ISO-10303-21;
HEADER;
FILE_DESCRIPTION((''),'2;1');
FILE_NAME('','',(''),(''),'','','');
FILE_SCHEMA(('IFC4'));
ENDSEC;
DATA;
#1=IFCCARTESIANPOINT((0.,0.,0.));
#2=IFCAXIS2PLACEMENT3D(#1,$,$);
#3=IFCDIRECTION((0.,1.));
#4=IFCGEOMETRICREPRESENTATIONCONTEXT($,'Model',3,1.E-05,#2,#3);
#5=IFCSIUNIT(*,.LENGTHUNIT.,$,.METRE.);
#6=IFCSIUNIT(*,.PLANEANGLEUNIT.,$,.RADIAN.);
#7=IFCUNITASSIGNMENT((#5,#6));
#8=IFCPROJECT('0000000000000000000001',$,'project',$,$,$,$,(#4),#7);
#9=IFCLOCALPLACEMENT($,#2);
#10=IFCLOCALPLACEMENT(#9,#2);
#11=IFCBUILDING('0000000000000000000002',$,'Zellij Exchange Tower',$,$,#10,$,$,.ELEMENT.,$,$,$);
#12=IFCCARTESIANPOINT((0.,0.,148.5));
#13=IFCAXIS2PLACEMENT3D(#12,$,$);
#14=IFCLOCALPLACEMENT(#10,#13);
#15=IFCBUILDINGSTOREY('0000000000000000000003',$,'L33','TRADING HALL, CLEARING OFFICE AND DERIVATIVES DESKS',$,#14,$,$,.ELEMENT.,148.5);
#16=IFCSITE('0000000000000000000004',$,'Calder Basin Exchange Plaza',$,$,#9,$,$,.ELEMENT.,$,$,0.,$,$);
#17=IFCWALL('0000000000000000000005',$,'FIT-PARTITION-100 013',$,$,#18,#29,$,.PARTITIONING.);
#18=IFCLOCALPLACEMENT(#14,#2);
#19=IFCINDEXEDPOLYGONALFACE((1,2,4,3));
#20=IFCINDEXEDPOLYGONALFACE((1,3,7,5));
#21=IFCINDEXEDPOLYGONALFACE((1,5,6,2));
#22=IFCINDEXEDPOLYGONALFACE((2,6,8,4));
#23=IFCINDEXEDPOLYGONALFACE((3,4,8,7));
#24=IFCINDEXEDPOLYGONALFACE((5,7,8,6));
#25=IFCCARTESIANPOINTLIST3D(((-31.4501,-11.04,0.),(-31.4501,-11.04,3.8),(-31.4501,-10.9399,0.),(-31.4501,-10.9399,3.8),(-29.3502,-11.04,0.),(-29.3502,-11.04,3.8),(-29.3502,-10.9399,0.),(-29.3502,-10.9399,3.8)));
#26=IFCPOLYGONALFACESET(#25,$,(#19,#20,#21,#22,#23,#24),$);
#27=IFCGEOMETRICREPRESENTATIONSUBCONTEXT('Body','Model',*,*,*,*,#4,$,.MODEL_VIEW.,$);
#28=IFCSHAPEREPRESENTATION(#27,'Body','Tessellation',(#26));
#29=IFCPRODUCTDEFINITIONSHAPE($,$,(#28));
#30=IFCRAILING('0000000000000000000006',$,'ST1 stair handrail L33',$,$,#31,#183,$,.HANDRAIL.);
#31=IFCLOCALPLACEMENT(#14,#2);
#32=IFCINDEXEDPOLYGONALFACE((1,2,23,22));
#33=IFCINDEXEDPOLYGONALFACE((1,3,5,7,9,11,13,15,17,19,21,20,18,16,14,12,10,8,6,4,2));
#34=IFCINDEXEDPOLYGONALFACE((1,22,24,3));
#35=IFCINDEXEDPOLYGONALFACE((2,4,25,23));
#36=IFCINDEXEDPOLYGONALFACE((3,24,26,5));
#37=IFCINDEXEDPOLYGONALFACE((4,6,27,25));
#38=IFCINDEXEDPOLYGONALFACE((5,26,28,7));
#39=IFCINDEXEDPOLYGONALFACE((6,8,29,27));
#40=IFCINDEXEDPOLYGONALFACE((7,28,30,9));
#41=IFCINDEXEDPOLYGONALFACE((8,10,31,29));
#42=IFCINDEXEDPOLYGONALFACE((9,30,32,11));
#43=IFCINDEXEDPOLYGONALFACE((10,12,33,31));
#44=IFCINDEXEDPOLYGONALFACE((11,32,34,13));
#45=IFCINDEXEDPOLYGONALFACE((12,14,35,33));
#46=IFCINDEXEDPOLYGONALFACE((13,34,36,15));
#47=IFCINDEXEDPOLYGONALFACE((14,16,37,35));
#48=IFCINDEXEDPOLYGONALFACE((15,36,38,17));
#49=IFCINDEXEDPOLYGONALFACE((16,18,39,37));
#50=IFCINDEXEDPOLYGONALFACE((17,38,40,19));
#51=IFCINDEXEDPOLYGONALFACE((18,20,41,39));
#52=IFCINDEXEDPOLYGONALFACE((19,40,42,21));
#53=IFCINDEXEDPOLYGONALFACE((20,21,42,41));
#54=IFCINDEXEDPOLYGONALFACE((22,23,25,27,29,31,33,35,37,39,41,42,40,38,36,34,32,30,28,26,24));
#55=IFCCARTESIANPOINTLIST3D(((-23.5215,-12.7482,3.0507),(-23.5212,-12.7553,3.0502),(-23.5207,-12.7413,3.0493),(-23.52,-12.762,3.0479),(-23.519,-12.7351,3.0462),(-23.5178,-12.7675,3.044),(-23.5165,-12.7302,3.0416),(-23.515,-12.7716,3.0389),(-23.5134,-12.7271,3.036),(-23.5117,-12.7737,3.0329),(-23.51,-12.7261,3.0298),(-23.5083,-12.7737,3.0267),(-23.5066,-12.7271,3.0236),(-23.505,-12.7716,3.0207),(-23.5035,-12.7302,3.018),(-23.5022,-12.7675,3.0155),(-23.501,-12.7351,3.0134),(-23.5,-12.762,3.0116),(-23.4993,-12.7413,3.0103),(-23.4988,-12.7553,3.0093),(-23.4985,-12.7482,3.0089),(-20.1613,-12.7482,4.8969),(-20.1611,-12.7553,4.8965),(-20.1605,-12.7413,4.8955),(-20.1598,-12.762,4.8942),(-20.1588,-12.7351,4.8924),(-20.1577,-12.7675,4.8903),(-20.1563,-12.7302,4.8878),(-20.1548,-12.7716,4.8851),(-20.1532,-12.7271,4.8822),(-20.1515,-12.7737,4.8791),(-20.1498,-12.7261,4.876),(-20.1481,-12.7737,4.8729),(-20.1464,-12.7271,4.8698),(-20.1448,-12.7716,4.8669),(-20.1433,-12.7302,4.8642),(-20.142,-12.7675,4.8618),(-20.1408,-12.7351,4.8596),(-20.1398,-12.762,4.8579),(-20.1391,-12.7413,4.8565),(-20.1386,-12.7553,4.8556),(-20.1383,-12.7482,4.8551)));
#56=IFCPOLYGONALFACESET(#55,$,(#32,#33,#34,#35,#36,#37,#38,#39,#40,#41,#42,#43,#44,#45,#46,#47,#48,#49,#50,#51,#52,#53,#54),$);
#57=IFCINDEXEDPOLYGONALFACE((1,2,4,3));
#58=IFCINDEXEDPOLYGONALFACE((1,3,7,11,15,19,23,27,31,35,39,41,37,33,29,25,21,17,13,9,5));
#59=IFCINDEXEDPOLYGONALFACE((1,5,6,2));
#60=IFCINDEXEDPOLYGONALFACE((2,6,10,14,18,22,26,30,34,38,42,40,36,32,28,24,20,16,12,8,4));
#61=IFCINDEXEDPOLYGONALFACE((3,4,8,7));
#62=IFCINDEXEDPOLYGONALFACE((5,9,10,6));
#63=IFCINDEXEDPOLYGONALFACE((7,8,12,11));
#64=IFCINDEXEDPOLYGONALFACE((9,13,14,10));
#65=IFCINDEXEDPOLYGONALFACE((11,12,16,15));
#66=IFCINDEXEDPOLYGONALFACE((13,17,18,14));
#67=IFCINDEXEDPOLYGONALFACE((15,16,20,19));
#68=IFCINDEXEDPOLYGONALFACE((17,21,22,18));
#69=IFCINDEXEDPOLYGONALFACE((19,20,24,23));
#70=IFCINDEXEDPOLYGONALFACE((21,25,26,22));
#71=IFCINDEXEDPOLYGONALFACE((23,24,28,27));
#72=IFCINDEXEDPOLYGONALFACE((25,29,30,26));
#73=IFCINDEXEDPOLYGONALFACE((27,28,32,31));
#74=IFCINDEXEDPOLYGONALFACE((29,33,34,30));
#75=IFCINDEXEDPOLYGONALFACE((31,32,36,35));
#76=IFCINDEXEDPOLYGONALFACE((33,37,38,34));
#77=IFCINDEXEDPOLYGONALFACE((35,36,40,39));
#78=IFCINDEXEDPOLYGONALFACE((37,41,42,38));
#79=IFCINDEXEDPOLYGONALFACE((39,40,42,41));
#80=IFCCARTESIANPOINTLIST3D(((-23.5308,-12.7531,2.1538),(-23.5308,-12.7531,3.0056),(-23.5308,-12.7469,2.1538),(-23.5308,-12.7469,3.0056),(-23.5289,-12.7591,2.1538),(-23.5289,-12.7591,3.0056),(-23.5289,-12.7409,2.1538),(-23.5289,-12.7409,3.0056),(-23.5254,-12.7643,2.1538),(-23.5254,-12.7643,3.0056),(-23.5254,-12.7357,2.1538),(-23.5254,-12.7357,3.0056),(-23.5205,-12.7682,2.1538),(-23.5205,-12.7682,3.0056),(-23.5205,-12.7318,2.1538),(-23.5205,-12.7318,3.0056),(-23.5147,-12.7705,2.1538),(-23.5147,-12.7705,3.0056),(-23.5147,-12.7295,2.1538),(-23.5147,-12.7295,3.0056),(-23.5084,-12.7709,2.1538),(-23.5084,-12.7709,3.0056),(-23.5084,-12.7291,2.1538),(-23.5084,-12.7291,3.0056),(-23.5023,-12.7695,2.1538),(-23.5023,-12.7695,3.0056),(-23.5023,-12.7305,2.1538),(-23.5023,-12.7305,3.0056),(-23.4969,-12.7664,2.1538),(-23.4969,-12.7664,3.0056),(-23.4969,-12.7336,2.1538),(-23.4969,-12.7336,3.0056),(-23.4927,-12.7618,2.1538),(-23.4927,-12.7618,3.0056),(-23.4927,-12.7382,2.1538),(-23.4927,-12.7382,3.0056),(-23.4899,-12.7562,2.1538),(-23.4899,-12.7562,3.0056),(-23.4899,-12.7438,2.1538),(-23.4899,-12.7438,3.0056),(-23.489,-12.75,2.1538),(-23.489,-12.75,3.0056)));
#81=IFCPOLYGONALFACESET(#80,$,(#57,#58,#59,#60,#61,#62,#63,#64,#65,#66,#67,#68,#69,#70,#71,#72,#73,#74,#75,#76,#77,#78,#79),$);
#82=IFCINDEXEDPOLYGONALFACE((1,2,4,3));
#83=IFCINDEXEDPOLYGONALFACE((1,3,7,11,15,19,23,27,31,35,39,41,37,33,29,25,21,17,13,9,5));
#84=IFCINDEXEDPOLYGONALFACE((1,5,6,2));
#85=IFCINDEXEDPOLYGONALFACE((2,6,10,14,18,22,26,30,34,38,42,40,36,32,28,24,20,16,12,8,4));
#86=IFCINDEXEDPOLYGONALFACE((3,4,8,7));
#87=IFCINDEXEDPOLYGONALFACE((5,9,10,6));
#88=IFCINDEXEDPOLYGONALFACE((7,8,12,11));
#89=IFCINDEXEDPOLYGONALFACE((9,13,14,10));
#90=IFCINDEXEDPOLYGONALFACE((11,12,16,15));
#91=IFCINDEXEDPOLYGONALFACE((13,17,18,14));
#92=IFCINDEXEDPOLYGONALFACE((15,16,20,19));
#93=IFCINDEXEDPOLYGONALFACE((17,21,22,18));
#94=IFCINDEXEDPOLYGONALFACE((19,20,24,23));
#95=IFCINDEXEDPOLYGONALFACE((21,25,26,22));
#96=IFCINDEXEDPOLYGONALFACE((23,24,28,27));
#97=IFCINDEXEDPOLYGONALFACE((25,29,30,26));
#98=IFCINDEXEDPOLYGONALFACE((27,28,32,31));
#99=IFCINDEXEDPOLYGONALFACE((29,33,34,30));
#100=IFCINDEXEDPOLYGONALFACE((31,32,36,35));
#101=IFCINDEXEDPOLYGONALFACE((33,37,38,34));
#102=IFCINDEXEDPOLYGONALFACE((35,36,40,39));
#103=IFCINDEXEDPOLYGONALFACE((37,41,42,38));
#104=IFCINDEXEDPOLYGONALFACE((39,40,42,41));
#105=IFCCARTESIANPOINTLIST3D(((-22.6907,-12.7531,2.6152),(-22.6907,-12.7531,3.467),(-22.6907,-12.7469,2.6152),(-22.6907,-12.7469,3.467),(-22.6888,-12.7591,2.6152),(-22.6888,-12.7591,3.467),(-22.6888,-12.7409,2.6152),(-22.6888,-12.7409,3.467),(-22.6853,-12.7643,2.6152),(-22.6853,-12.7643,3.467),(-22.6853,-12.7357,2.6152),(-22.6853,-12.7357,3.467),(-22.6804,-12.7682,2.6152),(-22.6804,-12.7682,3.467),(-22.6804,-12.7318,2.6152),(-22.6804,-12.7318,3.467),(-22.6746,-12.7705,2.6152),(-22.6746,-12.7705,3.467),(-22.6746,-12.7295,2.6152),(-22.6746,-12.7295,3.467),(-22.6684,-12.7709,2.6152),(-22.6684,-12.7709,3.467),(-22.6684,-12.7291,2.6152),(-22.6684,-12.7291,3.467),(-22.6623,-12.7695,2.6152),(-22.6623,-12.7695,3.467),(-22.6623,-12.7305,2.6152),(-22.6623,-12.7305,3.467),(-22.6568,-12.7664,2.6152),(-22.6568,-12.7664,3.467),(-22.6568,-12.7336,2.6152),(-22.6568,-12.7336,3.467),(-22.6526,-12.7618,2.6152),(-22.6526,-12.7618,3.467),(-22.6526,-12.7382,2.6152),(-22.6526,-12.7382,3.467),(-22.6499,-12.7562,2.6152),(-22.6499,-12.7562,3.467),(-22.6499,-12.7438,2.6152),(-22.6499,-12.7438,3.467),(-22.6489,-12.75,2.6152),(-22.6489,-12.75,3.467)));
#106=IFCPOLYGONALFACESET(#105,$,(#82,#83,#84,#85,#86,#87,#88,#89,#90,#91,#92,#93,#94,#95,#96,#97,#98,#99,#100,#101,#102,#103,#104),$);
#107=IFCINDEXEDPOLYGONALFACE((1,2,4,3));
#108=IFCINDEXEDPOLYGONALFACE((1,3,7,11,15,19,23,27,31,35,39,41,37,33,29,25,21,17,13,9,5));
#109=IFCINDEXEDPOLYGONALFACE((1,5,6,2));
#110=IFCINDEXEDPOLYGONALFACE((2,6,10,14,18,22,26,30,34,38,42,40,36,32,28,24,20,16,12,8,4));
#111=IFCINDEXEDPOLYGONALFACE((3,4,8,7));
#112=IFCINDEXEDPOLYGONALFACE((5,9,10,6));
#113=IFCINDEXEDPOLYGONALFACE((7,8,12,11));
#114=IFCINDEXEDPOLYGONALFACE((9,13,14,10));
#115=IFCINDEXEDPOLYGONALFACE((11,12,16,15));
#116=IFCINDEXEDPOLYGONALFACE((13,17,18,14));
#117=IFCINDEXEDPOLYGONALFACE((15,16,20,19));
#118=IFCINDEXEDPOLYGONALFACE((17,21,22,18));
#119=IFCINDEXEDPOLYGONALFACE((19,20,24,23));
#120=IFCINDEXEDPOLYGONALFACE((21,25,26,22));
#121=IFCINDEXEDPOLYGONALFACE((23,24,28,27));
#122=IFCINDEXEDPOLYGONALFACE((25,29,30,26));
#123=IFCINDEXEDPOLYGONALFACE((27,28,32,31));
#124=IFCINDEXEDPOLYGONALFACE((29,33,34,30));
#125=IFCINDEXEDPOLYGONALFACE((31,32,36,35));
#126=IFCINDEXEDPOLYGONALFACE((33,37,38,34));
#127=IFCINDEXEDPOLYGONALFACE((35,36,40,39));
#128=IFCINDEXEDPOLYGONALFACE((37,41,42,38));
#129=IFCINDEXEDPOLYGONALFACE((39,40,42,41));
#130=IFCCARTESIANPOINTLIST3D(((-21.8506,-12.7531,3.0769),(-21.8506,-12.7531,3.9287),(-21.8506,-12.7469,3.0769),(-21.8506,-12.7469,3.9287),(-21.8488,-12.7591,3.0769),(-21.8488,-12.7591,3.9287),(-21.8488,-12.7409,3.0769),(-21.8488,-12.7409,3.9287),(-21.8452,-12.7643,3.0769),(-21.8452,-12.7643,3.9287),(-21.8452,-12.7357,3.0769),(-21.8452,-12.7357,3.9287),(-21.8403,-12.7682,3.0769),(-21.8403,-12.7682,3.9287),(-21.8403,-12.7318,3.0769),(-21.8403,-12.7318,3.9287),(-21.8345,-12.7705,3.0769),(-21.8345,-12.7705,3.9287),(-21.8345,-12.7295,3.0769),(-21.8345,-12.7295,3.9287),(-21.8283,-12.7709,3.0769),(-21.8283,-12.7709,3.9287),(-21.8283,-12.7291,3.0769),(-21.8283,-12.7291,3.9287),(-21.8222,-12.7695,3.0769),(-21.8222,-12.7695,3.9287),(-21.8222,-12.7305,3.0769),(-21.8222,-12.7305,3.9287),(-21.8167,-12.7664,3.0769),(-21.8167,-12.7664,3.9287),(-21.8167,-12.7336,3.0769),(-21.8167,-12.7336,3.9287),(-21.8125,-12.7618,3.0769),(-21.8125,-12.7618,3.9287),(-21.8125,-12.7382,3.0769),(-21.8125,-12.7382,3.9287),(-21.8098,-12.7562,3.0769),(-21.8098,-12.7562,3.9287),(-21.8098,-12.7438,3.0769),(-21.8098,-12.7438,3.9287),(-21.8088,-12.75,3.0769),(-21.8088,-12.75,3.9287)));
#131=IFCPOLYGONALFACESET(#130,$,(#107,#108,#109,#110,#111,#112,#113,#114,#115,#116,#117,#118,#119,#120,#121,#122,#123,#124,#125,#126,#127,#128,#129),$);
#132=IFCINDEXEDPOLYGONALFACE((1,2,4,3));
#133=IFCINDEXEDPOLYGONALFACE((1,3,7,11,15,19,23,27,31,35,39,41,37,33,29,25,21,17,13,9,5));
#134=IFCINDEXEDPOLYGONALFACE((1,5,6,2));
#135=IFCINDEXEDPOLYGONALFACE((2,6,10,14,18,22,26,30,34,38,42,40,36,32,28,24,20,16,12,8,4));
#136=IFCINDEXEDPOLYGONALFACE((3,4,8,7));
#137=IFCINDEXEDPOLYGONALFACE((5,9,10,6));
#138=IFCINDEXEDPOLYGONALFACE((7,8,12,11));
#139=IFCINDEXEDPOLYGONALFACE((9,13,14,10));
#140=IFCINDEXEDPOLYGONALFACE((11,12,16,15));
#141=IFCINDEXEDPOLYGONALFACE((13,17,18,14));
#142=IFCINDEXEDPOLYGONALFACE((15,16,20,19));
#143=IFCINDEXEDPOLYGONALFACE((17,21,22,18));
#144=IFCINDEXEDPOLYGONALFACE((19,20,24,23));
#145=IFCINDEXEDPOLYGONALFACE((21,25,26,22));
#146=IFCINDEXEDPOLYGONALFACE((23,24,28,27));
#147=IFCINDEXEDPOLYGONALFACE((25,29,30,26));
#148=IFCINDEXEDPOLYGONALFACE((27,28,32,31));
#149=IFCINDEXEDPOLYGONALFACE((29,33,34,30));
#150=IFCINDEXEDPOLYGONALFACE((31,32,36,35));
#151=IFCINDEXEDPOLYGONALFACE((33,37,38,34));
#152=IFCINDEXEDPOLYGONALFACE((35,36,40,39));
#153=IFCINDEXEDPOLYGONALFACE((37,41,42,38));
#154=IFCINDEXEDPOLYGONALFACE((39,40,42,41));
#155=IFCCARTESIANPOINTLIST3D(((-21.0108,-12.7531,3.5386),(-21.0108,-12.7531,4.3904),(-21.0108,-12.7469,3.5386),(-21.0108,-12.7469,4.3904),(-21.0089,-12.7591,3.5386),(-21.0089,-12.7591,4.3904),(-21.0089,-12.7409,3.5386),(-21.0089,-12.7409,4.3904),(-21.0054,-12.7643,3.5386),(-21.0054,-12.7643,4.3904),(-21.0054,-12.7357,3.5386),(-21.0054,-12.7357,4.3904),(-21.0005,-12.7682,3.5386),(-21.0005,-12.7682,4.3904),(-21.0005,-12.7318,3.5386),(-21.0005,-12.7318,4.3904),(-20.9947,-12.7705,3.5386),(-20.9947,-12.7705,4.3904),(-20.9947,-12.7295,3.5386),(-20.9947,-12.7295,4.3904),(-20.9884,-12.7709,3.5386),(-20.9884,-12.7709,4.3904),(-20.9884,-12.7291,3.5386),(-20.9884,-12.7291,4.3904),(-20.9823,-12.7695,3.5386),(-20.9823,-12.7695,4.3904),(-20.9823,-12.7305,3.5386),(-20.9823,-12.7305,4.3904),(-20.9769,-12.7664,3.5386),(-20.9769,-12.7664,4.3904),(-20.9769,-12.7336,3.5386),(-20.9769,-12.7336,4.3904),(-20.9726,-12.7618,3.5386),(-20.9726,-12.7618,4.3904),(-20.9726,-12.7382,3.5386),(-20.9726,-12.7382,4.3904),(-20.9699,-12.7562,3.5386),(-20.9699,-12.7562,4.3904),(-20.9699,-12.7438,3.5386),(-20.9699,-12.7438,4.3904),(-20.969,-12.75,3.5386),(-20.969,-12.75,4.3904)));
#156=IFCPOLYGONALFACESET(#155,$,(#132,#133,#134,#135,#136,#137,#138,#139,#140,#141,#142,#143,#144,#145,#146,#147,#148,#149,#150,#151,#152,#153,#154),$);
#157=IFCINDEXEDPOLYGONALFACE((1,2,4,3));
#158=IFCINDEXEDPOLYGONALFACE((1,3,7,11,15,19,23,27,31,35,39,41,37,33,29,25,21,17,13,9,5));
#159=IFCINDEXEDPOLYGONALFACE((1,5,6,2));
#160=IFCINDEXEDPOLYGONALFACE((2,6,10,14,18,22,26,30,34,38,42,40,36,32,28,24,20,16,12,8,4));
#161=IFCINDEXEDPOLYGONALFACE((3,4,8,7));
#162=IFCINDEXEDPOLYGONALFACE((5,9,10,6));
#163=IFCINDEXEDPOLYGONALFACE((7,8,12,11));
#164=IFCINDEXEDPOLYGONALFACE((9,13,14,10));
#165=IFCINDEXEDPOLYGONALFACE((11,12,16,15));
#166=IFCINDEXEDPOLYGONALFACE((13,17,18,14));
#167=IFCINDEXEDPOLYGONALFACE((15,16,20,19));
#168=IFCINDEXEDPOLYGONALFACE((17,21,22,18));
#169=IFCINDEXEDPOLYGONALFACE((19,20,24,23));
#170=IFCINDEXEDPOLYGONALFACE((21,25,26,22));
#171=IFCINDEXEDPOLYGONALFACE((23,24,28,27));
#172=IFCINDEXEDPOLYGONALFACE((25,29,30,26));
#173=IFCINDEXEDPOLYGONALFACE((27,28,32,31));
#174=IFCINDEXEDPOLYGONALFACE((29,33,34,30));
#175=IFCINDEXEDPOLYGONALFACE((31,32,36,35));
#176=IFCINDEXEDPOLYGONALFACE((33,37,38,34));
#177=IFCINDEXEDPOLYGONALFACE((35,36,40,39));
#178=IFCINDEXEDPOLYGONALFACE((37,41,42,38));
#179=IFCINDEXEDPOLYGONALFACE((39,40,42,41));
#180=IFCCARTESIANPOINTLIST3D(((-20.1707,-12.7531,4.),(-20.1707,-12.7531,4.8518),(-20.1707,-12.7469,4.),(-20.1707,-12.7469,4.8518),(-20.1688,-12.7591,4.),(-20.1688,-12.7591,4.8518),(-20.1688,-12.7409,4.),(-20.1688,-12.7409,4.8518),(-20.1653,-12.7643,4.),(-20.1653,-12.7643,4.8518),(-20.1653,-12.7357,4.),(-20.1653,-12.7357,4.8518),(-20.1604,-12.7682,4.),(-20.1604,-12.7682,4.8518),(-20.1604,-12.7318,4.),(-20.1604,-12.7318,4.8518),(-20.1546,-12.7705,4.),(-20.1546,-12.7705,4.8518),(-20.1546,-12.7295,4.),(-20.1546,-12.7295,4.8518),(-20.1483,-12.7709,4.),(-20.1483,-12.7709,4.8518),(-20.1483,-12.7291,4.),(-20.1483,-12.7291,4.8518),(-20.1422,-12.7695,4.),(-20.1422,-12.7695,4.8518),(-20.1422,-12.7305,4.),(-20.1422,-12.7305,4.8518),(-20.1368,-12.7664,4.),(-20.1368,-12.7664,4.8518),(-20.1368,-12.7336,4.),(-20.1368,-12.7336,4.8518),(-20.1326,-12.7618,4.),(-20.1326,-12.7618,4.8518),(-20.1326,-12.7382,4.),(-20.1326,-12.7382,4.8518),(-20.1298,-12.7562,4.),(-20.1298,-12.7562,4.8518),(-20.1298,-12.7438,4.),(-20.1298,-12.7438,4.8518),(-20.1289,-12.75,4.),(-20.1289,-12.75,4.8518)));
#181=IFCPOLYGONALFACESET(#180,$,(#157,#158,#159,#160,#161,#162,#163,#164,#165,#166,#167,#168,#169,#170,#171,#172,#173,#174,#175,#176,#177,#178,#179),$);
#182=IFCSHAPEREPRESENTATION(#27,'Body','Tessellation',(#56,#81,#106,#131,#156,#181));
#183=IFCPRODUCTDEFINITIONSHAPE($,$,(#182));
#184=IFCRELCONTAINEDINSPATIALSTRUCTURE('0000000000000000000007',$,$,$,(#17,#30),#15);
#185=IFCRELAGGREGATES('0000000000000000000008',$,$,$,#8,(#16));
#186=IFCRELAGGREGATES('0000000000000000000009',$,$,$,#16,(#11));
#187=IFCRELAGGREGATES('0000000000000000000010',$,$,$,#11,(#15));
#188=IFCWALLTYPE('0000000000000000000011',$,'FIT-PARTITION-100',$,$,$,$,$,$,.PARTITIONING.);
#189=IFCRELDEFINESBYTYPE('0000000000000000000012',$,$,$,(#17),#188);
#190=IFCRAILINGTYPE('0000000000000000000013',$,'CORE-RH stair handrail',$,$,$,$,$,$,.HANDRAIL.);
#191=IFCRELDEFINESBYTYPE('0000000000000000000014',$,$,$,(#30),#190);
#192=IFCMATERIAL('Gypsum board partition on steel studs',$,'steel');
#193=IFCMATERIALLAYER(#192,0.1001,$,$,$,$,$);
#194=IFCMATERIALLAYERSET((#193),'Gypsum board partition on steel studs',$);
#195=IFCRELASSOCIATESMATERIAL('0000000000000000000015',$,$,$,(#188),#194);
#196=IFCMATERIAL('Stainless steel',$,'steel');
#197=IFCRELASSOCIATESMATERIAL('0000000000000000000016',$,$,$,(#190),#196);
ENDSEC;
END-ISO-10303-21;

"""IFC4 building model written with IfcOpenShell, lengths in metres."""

from ifc_helpers import new_model, si_unit, direction, frame, frame_2d, origin, origin_2d, place, context, subcontext, project, spatial, rectangle, circle, extrude, material, layer, layer_set, type_object, element, save


model = new_model("IFC4")

# Units and contexts
model_context = context("Model", 3, precision=1e-05, world=origin(), true_north=direction((0.0, 1.0)))
body_context = subcontext(model_context, "Body", "Model", "MODEL_VIEW")
ifc_project = project(units=[si_unit("LENGTHUNIT", "METRE"), si_unit("PLANEANGLEUNIT", "RADIAN")], contexts=[model_context])

# Site, building, storey
site_placement = place(None, origin())
site = spatial("IfcSite", under=ifc_project, at=site_placement, Name="Calder Basin Exchange Plaza", CompositionType="ELEMENT", RefElevation=0.0)
building_placement = place(site_placement, origin())
building = spatial("IfcBuilding", under=site, at=building_placement, Name="Zellij Exchange Tower", CompositionType="ELEMENT")
storey_placement = place(building_placement, frame((0.0, 0.0, 148.5)))
storey = spatial("IfcBuildingStorey", under=building, at=storey_placement, Name="L33", Description="TRADING HALL, CLEARING OFFICE AND DERIVATIVES DESKS", CompositionType="ELEMENT", Elevation=148.5)

# Wall
ifc_material_1 = material(Name="Gypsum board partition on steel studs", Category="steel")
ifc_layer_1 = layer(ifc_material_1, 0.1001)
ifc_layer_set_1 = layer_set([ifc_layer_1], Name="Gypsum board partition on steel studs")
wall_type_1 = type_object("IfcWallType", Name="FIT-PARTITION-100", PredefinedType="PARTITIONING", material=ifc_layer_set_1)
wall_1_placement = place(storey_placement, frame((-31.45, -10.99, 0.0), z_axis=(0.0, 0.0, 1.0), x_axis=(1.0, 0.0, 0.0)))
element("IfcWall", 1, at=wall_1_placement, inside=storey, type_object=wall_type_1, Name="FIT-PARTITION-100 013", PredefinedType="PARTITIONING", context=body_context, shape_type="SweptSolid", body=[
    extrude(rectangle(XDim=2.0999, YDim=0.1001, at=frame_2d((1.0498, 0.0))), origin(), (0.0, 0.0, 1.0), 3.8),
])

# Railing
ifc_material_2 = material(Name="Stainless steel", Category="steel")
railing_type = type_object("IfcRailingType", Name="CORE-RH stair handrail", PredefinedType="HANDRAIL", material=ifc_material_2)
railing_placement = place(storey_placement, frame((-23.51, -12.75, 2.1538)))
element("IfcRailing", 2, at=railing_placement, inside=storey, type_object=railing_type, Name="ST1 stair handrail L33", PredefinedType="HANDRAIL", context=body_context, shape_type="SweptSolid", body=[
    extrude(circle(Radius=0.0239, at=origin_2d()), frame((0.0, 0.0, 0.876), z_axis=(0.876422, 0.0, 0.481545), x_axis=(0.0, 1.0, 0.0)), (0.0, 0.0, 1.0), 3.834),
    extrude(circle(Radius=0.021, at=origin_2d()), origin(), (0.0, 0.0, 1.0), 0.8518),
    extrude(circle(Radius=0.021, at=origin_2d()), frame((0.8401, 0.0, 0.4614)), (0.0, 0.0, 1.0), 0.8518),
    extrude(circle(Radius=0.021, at=origin_2d()), frame((1.6802, 0.0, 0.9231)), (0.0, 0.0, 1.0), 0.8518),
    extrude(circle(Radius=0.021, at=origin_2d()), frame((2.52, 0.0, 1.3848)), (0.0, 0.0, 1.0), 0.8518),
    extrude(circle(Radius=0.021, at=origin_2d()), frame((3.3601, 0.0, 1.8462)), (0.0, 0.0, 1.0), 0.8518),
])

save(model, "model.ifc")
